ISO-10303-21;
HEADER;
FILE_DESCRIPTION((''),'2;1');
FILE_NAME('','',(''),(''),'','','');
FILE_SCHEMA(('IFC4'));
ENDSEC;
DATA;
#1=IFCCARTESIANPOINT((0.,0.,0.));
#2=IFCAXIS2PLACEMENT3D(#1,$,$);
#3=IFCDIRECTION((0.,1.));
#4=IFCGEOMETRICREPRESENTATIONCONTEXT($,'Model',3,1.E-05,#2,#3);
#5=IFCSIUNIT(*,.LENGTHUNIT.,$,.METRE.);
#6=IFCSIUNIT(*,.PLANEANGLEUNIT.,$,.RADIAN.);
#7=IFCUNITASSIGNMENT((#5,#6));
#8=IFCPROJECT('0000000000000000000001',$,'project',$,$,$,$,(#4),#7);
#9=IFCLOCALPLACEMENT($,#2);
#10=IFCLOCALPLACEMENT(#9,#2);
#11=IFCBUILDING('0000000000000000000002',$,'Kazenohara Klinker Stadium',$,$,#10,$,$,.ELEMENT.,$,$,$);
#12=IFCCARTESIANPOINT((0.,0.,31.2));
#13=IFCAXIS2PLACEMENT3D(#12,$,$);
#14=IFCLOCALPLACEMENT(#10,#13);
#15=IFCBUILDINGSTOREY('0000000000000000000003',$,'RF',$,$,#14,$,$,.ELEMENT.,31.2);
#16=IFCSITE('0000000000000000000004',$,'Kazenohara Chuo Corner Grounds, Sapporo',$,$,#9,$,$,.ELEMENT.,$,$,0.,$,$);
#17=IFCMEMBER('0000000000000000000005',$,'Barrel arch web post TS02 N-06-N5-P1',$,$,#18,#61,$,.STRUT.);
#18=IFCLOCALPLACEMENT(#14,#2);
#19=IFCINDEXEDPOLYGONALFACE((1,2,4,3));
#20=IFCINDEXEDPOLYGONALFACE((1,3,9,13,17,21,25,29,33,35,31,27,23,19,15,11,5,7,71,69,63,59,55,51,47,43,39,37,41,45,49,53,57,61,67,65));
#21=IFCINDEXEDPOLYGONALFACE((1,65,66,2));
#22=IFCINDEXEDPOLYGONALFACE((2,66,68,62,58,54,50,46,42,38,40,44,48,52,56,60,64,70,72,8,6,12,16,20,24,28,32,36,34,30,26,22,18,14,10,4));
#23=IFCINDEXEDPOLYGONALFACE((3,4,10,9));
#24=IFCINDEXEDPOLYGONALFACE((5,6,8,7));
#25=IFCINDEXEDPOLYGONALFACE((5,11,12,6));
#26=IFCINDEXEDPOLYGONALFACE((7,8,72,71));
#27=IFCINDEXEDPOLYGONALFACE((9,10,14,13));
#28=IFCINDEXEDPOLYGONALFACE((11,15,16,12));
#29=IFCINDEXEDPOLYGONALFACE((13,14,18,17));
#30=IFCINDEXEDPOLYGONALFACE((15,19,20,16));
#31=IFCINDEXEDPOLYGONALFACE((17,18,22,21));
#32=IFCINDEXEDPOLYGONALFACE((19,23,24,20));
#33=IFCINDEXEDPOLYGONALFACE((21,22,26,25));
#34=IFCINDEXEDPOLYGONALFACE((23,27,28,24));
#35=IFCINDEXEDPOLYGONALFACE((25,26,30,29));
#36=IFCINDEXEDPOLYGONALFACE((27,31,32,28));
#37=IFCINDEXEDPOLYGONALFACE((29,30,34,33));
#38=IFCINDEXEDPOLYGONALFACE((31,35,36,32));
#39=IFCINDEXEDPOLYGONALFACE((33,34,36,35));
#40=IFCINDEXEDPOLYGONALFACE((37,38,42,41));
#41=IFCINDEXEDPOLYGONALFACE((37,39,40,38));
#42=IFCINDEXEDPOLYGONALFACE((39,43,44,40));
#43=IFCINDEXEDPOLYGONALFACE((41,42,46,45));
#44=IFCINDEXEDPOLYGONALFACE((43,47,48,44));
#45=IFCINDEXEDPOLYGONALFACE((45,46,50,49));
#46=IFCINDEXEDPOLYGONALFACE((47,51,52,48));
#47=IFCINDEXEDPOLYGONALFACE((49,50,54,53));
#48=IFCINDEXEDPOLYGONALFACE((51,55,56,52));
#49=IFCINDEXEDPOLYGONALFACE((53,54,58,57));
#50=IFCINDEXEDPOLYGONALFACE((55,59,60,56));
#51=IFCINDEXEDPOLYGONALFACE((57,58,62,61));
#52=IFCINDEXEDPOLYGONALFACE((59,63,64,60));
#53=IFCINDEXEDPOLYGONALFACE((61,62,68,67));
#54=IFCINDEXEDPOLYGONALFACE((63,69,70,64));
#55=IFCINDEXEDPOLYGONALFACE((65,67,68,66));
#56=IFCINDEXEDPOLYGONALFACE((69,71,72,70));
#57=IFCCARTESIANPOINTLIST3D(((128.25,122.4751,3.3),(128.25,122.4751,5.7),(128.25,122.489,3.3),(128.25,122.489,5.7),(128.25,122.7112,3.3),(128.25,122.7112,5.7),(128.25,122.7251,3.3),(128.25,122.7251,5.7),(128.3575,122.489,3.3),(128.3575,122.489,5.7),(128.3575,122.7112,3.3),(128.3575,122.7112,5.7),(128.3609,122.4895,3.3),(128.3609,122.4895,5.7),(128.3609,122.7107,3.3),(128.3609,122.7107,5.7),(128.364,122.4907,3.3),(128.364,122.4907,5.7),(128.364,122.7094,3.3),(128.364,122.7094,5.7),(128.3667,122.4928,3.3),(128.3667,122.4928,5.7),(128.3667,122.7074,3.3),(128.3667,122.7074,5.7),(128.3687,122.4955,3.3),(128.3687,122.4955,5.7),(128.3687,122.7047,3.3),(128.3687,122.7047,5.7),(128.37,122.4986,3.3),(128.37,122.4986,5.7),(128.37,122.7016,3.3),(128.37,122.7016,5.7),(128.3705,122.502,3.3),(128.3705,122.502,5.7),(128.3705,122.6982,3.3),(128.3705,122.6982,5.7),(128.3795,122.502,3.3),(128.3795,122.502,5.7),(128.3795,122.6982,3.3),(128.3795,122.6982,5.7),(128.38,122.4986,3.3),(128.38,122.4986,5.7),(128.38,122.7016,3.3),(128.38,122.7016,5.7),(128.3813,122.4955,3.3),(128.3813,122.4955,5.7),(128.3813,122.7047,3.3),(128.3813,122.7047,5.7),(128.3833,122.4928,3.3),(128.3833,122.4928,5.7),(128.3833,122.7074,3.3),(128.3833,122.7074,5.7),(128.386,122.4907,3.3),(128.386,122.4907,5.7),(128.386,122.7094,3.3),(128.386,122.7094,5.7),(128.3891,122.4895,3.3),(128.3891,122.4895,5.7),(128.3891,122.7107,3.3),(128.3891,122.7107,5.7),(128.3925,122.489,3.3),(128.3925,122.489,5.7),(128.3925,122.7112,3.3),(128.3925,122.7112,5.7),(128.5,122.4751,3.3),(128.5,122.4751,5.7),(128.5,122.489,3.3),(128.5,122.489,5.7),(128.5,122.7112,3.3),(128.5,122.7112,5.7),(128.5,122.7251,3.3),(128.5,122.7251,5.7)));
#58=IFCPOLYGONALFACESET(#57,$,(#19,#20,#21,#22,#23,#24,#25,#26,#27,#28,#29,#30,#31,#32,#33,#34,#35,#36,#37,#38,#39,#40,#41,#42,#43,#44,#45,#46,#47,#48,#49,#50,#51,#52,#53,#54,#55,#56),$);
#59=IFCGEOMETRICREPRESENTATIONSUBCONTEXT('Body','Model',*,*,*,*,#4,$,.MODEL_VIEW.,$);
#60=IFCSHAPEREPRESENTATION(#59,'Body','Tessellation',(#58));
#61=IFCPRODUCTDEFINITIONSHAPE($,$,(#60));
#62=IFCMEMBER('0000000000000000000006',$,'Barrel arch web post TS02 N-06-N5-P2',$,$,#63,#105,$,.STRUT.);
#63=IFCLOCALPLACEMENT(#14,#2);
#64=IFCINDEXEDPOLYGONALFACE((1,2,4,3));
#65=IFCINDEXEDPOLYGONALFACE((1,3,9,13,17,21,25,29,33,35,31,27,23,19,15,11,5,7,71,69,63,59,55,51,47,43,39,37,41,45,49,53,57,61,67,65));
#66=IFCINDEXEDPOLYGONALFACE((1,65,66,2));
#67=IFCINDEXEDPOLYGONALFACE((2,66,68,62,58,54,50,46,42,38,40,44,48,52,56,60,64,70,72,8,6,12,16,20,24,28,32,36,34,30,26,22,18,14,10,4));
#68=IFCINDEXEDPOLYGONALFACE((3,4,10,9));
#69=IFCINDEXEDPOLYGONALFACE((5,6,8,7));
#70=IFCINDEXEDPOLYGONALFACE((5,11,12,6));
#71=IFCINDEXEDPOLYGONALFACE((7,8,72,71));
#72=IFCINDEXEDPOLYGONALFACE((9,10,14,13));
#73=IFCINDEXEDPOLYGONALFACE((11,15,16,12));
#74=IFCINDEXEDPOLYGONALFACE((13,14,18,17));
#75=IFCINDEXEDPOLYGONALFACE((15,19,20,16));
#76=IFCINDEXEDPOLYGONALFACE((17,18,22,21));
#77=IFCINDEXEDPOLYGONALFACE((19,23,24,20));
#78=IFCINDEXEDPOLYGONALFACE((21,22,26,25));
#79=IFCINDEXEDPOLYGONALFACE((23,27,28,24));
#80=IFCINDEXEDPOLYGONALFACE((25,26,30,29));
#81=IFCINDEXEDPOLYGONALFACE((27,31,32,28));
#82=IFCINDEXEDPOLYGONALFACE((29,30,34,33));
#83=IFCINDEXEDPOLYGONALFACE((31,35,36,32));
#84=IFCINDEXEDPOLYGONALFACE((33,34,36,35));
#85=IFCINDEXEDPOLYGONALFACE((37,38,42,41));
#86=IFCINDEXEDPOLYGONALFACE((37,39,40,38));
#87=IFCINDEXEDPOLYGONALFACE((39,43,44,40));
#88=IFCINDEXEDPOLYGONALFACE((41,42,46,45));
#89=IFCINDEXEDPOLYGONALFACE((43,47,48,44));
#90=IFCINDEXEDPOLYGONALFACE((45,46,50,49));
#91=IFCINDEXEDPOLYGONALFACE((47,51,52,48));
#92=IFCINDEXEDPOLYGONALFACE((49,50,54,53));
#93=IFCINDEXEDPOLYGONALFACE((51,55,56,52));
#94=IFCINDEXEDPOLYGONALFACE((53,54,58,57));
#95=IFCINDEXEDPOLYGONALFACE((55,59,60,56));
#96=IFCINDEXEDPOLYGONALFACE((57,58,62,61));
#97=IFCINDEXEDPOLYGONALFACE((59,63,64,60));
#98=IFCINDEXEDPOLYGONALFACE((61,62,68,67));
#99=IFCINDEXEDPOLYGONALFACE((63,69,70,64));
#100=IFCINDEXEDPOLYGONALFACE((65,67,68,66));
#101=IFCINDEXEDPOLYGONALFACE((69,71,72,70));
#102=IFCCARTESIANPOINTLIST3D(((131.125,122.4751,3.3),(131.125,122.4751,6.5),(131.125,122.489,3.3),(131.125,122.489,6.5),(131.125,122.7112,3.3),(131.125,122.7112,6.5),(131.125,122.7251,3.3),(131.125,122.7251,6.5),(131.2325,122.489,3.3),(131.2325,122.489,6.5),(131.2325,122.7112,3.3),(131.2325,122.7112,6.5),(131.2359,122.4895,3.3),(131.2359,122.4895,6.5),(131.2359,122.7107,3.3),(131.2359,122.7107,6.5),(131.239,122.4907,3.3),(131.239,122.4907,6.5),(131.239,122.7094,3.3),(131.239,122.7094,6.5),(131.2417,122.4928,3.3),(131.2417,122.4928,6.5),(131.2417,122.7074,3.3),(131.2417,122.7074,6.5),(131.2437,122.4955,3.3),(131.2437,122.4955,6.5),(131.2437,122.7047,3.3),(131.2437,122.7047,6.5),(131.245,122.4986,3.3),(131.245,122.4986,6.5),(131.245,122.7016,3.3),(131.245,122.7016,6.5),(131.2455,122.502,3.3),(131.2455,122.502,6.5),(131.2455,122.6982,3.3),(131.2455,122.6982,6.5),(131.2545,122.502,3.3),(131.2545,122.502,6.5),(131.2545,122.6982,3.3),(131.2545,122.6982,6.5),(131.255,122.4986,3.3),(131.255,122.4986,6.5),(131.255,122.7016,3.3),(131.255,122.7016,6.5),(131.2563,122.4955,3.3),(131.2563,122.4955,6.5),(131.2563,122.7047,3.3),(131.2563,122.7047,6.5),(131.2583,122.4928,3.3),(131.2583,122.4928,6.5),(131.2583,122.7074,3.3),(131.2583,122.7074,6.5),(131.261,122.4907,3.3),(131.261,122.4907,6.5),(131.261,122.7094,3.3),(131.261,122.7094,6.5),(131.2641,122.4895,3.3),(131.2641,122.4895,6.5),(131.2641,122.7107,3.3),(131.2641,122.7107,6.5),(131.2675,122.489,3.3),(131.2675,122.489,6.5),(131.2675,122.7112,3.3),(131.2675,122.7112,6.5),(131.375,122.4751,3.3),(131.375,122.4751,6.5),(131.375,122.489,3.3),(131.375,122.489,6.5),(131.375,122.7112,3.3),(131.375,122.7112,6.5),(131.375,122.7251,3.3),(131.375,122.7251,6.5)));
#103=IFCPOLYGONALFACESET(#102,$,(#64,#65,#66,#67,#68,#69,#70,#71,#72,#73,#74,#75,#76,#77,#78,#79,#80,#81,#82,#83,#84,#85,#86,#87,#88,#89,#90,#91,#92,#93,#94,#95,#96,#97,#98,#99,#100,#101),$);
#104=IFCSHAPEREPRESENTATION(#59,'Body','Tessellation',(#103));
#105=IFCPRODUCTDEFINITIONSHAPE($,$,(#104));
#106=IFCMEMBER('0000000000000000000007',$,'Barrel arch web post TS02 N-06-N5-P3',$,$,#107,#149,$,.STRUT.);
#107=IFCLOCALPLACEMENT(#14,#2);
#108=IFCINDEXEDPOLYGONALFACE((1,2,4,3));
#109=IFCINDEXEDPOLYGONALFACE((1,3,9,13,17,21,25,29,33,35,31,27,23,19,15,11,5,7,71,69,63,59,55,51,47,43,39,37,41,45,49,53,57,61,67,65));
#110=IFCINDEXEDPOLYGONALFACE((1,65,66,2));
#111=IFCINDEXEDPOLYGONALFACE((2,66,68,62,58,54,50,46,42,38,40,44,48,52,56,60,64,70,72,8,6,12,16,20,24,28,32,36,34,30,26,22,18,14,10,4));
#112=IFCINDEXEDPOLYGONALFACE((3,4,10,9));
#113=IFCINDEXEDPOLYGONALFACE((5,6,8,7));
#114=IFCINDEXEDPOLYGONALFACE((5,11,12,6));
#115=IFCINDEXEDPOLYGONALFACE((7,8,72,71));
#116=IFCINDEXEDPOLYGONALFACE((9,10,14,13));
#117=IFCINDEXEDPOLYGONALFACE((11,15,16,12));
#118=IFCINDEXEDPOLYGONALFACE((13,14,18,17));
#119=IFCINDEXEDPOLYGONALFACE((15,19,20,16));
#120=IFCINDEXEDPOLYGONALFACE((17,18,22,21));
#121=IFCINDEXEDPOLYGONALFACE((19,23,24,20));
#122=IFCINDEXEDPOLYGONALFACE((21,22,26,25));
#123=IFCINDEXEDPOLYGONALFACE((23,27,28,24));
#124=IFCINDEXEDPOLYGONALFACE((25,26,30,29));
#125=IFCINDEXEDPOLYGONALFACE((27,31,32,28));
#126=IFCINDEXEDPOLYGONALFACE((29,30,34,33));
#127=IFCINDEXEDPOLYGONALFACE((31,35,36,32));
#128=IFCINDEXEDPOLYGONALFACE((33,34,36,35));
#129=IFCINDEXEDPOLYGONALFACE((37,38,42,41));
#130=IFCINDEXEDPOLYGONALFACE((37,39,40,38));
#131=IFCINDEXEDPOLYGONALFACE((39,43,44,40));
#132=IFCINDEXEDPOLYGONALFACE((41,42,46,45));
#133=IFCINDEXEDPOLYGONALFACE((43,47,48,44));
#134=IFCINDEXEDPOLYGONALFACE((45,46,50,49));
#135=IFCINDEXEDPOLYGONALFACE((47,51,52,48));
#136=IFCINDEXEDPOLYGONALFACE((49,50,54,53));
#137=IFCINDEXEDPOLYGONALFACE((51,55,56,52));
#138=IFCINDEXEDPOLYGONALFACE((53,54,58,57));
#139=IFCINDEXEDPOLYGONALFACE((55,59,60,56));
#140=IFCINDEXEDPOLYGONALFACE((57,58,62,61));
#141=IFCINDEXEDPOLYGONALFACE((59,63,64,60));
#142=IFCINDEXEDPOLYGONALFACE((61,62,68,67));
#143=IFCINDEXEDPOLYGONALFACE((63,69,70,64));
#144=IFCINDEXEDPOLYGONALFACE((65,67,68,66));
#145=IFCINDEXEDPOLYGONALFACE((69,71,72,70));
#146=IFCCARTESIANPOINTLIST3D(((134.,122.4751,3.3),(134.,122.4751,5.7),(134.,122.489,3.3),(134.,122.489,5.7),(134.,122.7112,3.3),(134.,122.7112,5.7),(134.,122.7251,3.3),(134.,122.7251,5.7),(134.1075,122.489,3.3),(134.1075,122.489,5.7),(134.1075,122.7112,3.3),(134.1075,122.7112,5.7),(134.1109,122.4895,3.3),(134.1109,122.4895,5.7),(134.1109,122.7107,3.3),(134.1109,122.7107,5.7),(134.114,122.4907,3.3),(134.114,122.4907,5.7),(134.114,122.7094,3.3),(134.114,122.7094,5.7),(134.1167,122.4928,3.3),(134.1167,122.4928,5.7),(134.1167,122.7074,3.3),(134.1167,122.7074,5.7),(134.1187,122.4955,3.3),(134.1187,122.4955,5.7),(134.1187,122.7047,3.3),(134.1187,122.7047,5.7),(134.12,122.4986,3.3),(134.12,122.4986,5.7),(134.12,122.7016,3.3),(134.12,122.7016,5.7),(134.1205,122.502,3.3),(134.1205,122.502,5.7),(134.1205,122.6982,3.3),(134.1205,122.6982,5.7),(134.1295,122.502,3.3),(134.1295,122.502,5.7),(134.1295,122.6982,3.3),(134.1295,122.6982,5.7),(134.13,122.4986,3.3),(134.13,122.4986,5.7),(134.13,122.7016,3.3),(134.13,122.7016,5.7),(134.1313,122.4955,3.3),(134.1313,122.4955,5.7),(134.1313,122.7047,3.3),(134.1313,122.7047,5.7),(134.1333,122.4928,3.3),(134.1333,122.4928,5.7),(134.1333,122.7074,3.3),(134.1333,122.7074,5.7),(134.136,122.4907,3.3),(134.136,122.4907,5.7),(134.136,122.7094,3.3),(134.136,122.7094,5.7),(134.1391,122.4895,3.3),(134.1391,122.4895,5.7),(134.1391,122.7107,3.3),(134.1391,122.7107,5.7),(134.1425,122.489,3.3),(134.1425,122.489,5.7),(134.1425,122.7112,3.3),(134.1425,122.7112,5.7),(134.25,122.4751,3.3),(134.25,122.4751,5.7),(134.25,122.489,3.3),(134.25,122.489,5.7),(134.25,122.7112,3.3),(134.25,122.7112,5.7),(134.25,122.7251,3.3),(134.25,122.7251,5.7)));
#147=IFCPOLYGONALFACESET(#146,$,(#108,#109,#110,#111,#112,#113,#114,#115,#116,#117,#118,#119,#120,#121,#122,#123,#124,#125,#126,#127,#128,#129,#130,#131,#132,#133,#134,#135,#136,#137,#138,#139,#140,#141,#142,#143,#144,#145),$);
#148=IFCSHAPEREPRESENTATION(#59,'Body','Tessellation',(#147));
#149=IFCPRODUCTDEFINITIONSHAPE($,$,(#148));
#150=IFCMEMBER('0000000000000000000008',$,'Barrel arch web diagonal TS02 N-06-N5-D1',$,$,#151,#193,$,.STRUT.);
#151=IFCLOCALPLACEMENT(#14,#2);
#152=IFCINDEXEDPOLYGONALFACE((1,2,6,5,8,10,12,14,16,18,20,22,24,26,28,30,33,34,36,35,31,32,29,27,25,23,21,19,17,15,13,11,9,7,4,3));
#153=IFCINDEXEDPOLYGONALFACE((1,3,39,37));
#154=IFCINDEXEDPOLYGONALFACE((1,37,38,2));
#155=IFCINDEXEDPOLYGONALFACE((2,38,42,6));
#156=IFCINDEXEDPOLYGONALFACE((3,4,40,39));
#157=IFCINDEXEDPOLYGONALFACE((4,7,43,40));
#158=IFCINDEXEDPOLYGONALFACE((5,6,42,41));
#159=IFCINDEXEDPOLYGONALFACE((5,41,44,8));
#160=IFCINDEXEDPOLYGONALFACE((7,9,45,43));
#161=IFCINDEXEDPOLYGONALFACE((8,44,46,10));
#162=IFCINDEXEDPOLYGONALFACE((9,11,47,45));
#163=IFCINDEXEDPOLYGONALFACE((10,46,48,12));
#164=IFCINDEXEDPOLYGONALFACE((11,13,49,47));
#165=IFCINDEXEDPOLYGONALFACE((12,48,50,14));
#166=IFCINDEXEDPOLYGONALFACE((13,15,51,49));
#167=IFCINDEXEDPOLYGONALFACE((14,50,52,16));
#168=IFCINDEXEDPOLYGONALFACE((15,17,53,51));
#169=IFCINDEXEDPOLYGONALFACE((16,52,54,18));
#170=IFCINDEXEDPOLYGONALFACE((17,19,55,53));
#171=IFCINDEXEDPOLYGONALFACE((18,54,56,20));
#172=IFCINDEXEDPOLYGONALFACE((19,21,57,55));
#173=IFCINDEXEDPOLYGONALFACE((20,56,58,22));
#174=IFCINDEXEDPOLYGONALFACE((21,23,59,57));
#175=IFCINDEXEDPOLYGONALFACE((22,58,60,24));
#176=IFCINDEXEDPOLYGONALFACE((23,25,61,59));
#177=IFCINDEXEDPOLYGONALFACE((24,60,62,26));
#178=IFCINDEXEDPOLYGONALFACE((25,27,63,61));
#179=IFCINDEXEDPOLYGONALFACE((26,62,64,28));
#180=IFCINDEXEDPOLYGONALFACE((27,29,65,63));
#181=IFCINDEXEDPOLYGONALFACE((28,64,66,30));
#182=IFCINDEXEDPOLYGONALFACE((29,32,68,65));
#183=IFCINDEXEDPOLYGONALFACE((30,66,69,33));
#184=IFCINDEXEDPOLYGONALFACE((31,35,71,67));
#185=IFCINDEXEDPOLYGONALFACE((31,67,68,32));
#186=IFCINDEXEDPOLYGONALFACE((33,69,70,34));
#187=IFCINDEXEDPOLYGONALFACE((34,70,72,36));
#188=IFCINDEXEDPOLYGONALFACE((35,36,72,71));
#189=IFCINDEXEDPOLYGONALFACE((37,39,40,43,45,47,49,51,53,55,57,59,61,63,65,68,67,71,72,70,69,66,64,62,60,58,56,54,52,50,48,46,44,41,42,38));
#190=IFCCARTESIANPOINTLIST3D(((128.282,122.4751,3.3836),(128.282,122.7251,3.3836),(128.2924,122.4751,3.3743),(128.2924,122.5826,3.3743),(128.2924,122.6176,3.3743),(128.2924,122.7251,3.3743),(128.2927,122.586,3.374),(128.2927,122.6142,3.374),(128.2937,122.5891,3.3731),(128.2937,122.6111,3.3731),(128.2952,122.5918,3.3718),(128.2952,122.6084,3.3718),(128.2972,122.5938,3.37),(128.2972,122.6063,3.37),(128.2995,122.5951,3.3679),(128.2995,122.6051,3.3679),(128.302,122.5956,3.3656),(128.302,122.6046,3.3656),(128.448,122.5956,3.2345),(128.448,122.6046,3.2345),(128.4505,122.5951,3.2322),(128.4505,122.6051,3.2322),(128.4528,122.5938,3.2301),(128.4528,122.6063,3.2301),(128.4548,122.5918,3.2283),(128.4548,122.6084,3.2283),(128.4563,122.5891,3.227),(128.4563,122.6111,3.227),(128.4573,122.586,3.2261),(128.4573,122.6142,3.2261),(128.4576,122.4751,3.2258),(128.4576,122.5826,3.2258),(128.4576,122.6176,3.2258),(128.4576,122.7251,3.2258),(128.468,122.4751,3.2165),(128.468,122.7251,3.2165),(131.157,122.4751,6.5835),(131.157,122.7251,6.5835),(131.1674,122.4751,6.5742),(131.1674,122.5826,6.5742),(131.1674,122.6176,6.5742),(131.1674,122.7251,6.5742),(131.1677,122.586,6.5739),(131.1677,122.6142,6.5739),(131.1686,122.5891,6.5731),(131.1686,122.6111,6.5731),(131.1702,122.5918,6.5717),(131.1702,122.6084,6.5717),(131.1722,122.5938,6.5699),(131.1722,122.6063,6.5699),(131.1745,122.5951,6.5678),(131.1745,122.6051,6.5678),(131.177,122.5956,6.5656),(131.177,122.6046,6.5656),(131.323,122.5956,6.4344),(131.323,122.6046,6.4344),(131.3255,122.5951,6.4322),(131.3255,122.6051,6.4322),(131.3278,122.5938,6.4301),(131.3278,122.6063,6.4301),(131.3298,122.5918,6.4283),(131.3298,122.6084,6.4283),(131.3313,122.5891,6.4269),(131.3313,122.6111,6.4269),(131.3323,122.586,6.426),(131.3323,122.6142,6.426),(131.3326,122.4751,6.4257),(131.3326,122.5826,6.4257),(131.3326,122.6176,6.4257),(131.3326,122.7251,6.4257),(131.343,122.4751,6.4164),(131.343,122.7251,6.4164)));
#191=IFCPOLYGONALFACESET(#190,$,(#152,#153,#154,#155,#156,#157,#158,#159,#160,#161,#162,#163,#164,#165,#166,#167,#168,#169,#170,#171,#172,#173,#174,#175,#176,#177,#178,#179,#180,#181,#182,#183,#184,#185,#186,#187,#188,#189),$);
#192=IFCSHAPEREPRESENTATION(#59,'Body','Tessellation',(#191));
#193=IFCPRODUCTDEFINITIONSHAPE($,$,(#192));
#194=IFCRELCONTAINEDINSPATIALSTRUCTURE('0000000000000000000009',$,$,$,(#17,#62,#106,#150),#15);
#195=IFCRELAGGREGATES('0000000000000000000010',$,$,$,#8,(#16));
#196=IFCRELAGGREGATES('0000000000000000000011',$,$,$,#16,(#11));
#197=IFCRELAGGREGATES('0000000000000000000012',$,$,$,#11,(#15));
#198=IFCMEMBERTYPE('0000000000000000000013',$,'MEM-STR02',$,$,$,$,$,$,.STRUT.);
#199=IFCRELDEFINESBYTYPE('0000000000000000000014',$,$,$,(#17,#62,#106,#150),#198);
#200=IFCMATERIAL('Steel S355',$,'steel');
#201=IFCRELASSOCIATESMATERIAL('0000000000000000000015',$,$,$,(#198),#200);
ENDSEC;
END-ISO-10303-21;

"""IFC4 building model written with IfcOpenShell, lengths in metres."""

from ifc_helpers import new_model, si_unit, direction, frame, origin, origin_2d, place, context, subcontext, project, spatial, i_section, extrude, material, material_profile, profile_set, type_object, element, save


model = new_model("IFC4")

# Units and contexts
model_context = context("Model", 3, precision=1e-05, world=origin(), true_north=direction((0.0, 1.0)))
body_context = subcontext(model_context, "Body", "Model", "MODEL_VIEW")
ifc_project = project(units=[si_unit("LENGTHUNIT", "METRE"), si_unit("PLANEANGLEUNIT", "RADIAN")], contexts=[model_context])

# Site, building, storey
site_placement = place(None, origin())
site = spatial("IfcSite", under=ifc_project, at=site_placement, Name="Kazenohara Chuo Corner Grounds, Sapporo", CompositionType="ELEMENT", RefElevation=0.0)
building_placement = place(site_placement, origin())
building = spatial("IfcBuilding", under=site, at=building_placement, Name="Kazenohara Klinker Stadium", CompositionType="ELEMENT")
storey_placement = place(building_placement, frame((0.0, 0.0, 31.2)))
storey = spatial("IfcBuildingStorey", under=building, at=storey_placement, Name="RF", CompositionType="ELEMENT", Elevation=31.2)

# Members
ifc_material_1 = material(Name="Steel S355", Category="steel")
ifc_material_profile_1 = material_profile(ifc_material_1, i_section(OverallWidth=0.25, OverallDepth=0.25, WebThickness=0.009, FlangeThickness=0.0139, FilletRadius=0.0129, at=origin_2d()), Name="H-250x250x9x14")
ifc_profile_set_1 = profile_set([ifc_material_profile_1], Name="Steel S355")
member_type_1 = type_object("IfcMemberType", Name="MEM-STR02", PredefinedType="STRUT", material=ifc_profile_set_1)
member_1_placement = place(storey_placement, frame((128.375, 122.6001, 3.3), z_axis=(0.0, 0.0, 1.0), x_axis=(1.0, 0.0, 0.0)))
element("IfcMember", 1, at=member_1_placement, inside=storey, type_object=member_type_1, Name="Barrel arch web post TS02 N-06-N5-P1", PredefinedType="STRUT", context=body_context, shape_type="SweptSolid", body=[
    extrude(i_section(OverallWidth=0.25, OverallDepth=0.25, WebThickness=0.009, FlangeThickness=0.0139, FilletRadius=0.0129, at=origin_2d()), origin(), (0.0, 0.0, 1.0), 2.3999),
])
member_2_placement = place(storey_placement, frame((131.25, 122.6001, 3.3), z_axis=(0.0, 0.0, 1.0), x_axis=(1.0, 0.0, 0.0)))
element("IfcMember", 2, at=member_2_placement, inside=storey, type_object=member_type_1, Name="Barrel arch web post TS02 N-06-N5-P2", PredefinedType="STRUT", context=body_context, shape_type="SweptSolid", body=[
    extrude(i_section(OverallWidth=0.25, OverallDepth=0.25, WebThickness=0.009, FlangeThickness=0.0139, FilletRadius=0.0129, at=origin_2d()), origin(), (0.0, 0.0, 1.0), 3.2),
])
member_3_placement = place(storey_placement, frame((134.125, 122.6001, 3.3), z_axis=(0.0, 0.0, 1.0), x_axis=(1.0, 0.0, 0.0)))
element("IfcMember", 3, at=member_3_placement, inside=storey, type_object=member_type_1, Name="Barrel arch web post TS02 N-06-N5-P3", PredefinedType="STRUT", context=body_context, shape_type="SweptSolid", body=[
    extrude(i_section(OverallWidth=0.25, OverallDepth=0.25, WebThickness=0.009, FlangeThickness=0.0139, FilletRadius=0.0129, at=origin_2d()), origin(), (0.0, 0.0, 1.0), 2.3999),
])
for number, where, z_axis, x_axis, name in (
    (4, (128.375, 122.6001, 3.3), (0.668328, 0.0, 0.743867), (0.0, 1.0, 0.0), "Barrel arch web diagonal TS02 N-06-N5-D1"),
):
    element("IfcMember", number, at=place(storey_placement, frame(where, z_axis=z_axis, x_axis=x_axis)), inside=storey, type_object=member_type_1, Name=name, PredefinedType="STRUT", context=body_context, shape_type="SweptSolid", body=[
        extrude(i_section(OverallWidth=0.25, OverallDepth=0.25, WebThickness=0.009, FlangeThickness=0.0139, FilletRadius=0.0129, at=origin_2d()), origin(), (0.0, 0.0, 1.0), 4.3018),
    ])

save(model, "model.ifc")
